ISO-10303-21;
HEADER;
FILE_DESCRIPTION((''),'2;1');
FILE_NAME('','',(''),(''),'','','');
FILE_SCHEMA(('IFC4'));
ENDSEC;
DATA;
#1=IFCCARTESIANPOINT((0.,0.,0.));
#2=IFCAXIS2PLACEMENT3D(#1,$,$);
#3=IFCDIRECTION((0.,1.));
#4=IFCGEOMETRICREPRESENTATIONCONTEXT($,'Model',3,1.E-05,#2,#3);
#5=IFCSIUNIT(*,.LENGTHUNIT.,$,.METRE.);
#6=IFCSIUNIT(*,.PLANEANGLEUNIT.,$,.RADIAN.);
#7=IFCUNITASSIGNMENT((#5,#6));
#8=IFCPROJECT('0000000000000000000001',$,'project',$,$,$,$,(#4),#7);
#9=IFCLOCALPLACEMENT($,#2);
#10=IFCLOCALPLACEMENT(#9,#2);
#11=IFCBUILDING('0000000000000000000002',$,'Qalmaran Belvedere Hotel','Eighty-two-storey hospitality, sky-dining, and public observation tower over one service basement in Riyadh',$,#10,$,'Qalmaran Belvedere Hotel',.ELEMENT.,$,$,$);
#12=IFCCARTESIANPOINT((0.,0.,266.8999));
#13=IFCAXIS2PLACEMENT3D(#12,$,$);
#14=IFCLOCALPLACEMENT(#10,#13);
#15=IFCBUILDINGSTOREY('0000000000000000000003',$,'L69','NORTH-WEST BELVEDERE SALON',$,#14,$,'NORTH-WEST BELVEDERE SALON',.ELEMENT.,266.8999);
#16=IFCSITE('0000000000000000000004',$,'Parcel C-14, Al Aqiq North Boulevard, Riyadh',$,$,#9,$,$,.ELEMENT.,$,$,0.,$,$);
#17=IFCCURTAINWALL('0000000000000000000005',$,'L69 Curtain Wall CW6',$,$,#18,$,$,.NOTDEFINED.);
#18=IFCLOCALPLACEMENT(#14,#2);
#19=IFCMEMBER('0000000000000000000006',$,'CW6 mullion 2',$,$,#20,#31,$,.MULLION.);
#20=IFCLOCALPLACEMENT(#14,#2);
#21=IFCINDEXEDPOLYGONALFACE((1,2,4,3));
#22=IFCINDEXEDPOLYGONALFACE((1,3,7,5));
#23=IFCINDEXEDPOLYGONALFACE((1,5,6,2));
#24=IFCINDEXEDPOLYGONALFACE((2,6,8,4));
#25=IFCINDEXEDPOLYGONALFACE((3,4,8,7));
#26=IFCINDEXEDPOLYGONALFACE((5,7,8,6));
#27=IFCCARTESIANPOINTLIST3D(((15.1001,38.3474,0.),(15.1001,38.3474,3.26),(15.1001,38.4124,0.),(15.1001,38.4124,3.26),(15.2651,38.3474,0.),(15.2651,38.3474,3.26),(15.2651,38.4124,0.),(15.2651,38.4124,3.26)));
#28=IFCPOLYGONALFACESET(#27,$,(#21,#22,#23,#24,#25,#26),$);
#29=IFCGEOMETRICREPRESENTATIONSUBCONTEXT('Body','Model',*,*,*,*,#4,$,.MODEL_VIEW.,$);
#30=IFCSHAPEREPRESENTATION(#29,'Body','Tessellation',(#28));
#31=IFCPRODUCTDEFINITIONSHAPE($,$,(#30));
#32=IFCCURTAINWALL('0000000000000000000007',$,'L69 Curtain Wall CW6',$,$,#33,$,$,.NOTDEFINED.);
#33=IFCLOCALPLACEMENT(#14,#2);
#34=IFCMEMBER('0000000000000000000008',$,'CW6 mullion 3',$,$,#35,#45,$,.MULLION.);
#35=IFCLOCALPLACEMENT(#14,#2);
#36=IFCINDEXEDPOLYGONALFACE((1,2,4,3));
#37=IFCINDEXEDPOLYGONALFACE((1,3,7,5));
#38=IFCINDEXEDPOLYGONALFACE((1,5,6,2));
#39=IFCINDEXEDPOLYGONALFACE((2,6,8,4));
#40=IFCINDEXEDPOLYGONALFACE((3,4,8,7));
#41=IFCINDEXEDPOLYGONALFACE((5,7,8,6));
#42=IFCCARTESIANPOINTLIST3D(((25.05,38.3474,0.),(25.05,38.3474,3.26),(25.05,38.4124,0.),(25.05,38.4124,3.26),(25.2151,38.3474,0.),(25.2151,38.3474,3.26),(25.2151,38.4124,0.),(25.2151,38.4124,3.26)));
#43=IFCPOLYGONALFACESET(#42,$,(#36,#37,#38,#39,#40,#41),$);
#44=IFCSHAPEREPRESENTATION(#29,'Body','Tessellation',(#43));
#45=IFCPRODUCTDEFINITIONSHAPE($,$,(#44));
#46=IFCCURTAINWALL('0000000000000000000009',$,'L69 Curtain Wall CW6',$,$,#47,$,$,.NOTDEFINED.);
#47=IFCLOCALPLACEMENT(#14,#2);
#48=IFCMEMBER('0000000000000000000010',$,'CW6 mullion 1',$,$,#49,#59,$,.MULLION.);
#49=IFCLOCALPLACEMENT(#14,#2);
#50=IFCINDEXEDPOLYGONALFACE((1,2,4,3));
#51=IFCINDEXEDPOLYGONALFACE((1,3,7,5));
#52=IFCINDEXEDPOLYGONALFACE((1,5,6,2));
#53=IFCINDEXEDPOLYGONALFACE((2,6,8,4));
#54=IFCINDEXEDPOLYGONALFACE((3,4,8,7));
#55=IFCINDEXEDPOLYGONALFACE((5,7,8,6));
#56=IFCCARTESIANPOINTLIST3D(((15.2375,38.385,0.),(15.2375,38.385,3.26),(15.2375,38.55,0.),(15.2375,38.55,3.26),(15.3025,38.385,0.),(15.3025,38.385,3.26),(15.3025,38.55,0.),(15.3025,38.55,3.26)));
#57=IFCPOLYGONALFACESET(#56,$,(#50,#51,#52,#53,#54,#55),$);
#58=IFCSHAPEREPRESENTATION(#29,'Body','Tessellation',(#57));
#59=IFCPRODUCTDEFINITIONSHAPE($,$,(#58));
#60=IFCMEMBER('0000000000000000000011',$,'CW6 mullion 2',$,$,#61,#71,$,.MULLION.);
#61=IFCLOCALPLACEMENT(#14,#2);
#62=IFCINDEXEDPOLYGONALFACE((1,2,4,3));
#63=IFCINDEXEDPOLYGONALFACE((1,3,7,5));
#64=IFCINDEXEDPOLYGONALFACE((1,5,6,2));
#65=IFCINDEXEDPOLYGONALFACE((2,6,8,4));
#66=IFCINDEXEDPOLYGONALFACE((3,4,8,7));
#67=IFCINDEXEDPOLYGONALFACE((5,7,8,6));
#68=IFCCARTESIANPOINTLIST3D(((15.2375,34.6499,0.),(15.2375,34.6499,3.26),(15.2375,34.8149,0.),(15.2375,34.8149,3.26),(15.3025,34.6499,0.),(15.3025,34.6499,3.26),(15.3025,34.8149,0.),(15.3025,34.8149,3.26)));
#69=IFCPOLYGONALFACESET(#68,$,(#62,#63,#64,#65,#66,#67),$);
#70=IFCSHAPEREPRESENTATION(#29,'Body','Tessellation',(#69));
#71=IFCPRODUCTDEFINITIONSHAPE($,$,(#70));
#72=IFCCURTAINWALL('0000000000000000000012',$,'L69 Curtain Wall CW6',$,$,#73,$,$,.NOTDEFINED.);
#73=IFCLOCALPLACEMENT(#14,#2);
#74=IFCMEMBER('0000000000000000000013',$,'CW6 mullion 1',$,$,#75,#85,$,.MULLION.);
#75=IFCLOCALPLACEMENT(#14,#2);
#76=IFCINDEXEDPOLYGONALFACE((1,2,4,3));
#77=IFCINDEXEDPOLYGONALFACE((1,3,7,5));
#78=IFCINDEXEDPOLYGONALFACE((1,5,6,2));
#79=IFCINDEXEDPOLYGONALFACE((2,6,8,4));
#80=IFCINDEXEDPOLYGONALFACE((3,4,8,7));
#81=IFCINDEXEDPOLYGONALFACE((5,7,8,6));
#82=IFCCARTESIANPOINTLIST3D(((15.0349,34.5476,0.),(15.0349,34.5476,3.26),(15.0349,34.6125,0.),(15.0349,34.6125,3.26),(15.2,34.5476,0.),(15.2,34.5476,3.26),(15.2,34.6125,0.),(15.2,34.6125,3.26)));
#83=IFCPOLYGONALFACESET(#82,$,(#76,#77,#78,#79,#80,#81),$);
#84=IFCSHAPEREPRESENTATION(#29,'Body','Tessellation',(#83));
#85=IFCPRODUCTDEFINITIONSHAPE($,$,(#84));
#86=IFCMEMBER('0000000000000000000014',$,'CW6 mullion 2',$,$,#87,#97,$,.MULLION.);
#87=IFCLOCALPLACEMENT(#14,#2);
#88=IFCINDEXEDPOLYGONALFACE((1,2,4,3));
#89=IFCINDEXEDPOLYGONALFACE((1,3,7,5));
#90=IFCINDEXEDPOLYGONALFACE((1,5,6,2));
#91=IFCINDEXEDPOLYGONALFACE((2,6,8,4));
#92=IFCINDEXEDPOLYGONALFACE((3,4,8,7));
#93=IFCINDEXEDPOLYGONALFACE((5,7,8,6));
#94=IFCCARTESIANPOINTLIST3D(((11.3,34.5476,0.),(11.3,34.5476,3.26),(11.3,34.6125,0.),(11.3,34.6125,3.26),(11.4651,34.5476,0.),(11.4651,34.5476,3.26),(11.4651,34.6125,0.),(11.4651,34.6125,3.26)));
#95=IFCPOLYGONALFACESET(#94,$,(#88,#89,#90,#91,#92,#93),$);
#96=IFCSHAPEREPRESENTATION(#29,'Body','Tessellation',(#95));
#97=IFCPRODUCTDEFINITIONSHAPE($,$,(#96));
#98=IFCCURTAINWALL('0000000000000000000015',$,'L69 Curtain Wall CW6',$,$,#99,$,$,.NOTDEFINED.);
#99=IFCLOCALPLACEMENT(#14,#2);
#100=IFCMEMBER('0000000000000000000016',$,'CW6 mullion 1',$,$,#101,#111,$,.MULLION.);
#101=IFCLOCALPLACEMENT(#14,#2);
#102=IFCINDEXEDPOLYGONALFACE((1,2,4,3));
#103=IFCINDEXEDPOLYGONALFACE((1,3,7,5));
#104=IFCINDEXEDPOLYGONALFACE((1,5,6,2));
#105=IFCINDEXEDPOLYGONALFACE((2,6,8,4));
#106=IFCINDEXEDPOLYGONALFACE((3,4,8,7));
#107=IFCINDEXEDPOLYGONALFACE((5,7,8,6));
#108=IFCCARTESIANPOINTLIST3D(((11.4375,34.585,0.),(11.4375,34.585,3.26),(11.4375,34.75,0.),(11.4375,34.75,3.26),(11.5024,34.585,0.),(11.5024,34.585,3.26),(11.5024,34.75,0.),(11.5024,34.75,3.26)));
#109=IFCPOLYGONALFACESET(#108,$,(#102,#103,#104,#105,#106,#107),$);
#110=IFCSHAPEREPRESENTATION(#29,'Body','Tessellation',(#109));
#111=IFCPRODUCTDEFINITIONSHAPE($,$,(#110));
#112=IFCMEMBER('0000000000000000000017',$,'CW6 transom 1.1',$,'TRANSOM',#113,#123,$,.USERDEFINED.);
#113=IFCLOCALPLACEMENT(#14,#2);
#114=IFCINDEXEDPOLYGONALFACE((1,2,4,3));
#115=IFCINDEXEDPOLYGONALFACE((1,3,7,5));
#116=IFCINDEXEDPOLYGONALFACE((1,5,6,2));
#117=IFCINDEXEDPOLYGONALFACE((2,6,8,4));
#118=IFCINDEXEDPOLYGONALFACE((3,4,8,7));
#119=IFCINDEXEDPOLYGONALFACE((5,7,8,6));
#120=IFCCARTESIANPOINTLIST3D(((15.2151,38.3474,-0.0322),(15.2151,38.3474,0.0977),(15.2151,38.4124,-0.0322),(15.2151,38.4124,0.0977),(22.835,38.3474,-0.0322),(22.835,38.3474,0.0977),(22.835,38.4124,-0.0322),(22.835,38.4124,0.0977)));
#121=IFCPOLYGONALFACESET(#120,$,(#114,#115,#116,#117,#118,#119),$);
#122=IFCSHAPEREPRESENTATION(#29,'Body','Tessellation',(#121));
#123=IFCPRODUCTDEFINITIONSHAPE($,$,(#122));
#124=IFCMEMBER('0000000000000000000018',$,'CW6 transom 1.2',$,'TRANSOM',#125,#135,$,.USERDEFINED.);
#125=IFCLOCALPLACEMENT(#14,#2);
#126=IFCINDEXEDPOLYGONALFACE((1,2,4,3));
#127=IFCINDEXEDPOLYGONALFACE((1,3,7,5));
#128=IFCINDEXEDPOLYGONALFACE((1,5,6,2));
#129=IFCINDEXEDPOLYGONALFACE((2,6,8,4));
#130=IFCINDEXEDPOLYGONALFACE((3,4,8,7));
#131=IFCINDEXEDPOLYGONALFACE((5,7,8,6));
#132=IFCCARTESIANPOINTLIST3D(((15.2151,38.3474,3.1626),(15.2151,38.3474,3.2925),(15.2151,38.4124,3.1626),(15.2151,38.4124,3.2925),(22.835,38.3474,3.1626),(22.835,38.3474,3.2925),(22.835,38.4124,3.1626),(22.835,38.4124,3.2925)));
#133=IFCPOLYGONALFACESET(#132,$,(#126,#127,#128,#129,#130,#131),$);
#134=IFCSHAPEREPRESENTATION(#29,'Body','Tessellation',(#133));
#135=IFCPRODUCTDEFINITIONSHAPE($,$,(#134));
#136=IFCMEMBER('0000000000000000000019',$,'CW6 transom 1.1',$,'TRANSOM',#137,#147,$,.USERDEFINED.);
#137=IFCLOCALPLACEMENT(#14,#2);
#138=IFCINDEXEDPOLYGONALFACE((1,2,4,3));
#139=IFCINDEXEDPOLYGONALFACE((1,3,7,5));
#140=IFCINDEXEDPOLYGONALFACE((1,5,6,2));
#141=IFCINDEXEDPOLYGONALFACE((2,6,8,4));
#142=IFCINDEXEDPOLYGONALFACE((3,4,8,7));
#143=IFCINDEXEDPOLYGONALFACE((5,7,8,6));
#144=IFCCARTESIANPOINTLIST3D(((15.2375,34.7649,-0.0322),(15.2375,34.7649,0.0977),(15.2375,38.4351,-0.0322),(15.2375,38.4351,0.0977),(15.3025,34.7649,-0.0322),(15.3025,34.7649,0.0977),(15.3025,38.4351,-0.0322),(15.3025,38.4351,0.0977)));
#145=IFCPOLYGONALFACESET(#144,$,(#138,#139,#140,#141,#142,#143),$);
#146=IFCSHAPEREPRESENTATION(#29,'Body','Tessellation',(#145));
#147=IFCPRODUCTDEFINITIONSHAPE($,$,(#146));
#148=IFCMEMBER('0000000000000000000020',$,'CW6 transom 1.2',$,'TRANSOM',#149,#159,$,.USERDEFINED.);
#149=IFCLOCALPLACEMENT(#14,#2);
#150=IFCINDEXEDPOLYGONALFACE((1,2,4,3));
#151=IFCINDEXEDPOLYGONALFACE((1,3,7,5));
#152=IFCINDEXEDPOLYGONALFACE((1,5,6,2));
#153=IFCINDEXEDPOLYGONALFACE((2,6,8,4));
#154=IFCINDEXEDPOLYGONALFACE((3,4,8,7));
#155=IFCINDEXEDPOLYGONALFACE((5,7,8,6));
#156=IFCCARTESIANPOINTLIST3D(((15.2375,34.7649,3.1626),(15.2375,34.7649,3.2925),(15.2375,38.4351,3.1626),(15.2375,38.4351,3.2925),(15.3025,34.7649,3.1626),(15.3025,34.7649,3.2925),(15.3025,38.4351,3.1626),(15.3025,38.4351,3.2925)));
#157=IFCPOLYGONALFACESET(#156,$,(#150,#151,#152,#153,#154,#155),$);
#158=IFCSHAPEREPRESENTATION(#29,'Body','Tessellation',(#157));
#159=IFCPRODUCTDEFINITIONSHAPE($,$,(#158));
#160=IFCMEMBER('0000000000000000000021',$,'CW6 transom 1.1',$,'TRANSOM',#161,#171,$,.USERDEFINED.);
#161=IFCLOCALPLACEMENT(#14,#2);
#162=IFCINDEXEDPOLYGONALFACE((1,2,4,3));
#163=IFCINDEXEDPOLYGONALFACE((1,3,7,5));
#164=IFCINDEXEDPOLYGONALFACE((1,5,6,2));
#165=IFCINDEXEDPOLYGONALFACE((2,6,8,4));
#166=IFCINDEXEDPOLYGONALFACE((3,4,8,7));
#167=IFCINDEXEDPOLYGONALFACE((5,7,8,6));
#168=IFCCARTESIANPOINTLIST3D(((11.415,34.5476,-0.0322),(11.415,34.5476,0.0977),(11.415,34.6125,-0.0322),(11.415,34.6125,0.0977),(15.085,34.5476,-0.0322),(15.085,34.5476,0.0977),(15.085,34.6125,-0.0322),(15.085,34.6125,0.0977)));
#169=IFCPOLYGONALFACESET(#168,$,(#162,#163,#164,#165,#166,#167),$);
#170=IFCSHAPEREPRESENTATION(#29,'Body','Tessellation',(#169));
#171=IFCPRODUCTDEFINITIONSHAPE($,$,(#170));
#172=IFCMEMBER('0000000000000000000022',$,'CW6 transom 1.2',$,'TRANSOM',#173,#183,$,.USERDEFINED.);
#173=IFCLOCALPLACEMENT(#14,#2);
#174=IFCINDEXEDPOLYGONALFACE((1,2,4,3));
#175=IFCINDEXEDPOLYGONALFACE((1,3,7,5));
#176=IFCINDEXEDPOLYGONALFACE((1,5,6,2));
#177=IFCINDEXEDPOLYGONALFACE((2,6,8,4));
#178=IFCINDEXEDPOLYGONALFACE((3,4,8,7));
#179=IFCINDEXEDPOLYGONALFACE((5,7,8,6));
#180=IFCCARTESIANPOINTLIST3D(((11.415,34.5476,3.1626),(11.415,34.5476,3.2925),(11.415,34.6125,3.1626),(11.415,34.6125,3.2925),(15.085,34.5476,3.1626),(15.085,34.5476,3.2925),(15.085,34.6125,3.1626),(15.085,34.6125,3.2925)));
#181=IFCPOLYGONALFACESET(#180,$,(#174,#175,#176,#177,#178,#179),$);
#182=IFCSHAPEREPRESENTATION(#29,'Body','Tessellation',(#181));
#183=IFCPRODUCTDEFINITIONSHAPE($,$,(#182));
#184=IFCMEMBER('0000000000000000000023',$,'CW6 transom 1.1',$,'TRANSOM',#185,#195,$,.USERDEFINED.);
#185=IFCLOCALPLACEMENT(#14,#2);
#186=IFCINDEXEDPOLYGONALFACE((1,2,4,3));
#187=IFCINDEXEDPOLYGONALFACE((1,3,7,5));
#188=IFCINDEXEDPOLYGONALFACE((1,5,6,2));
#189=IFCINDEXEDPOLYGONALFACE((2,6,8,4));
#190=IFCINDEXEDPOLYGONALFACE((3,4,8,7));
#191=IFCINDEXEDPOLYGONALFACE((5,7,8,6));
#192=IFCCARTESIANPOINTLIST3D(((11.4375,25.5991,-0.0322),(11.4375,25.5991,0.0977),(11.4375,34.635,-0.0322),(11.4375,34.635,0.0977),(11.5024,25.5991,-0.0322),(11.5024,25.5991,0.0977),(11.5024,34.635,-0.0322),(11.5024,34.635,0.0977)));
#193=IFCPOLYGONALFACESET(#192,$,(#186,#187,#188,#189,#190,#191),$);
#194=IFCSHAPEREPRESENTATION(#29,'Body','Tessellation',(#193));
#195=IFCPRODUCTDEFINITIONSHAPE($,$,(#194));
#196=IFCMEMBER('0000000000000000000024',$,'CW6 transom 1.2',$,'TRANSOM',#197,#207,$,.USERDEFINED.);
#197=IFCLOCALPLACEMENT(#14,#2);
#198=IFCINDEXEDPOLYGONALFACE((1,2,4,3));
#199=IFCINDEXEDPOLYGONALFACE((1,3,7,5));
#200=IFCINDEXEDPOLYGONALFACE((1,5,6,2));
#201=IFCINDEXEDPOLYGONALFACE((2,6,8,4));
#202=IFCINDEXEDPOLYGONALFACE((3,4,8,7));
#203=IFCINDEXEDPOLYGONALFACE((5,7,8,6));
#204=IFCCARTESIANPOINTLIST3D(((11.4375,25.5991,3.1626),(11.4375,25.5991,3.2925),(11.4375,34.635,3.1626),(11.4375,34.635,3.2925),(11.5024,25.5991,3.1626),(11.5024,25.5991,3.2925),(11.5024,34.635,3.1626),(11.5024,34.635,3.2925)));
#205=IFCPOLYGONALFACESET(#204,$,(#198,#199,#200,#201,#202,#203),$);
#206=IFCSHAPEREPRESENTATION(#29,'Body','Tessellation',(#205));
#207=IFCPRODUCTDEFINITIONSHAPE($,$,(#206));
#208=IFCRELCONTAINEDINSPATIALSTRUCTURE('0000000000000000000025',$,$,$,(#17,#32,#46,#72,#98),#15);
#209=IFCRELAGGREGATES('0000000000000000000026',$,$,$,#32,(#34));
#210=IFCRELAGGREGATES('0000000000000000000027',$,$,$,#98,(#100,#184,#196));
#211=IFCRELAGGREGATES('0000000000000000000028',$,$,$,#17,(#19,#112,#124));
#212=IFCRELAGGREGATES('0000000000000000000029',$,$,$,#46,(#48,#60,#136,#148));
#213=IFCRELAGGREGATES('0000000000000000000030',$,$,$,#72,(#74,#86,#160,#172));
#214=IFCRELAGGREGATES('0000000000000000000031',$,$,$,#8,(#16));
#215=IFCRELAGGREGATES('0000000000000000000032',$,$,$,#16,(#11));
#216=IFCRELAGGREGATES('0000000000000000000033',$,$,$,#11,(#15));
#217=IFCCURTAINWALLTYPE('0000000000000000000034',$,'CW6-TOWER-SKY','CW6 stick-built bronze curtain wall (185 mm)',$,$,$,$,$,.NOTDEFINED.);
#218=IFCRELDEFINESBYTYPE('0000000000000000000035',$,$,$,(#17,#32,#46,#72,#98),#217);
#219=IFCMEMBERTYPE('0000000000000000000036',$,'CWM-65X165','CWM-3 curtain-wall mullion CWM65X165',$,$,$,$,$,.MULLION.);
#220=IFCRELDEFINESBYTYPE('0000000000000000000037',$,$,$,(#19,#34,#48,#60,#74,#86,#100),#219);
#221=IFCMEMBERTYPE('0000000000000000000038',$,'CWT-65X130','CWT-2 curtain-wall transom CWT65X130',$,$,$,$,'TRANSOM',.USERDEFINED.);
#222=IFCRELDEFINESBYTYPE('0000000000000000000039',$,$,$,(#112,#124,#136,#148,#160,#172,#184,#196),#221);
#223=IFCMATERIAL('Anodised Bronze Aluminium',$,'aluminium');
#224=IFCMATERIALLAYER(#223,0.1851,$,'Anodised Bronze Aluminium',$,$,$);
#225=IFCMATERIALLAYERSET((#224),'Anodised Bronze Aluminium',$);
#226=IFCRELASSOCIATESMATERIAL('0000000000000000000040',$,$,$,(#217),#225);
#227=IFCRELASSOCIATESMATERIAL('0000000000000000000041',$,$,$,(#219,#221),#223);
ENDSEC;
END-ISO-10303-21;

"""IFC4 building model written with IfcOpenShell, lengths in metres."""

from ifc_helpers import new_model, si_unit, direction, frame, origin, origin_2d, place, context, subcontext, project, spatial, rectangle, extrude, material, layer, layer_set, material_profile, profile_set, type_object, element, aggregate, save


model = new_model("IFC4")

# Units and contexts
model_context = context("Model", 3, precision=1e-05, world=origin(), true_north=direction((0.0, 1.0)))
body_context = subcontext(model_context, "Body", "Model", "MODEL_VIEW")
ifc_project = project(units=[si_unit("LENGTHUNIT", "METRE"), si_unit("PLANEANGLEUNIT", "RADIAN")], contexts=[model_context])

# Site, building, storey
site_placement = place(None, origin())
site = spatial("IfcSite", under=ifc_project, at=site_placement, Name="Parcel C-14, Al Aqiq North Boulevard, Riyadh", CompositionType="ELEMENT", RefElevation=0.0)
building_placement = place(site_placement, origin())
building = spatial("IfcBuilding", under=site, at=building_placement, Name="Qalmaran Belvedere Hotel", Description="Eighty-two-storey hospitality, sky-dining, and public observation tower over one service basement in Riyadh", LongName="Qalmaran Belvedere Hotel", CompositionType="ELEMENT")
storey_placement = place(building_placement, frame((0.0, 0.0, 266.8999)))
storey = spatial("IfcBuildingStorey", under=building, at=storey_placement, Name="L69", Description="NORTH-WEST BELVEDERE SALON", LongName="NORTH-WEST BELVEDERE SALON", CompositionType="ELEMENT", Elevation=266.8999)

# Curtain wall, member
ifc_material_1 = material(Name="Anodised Bronze Aluminium", Category="aluminium")
ifc_layer_1 = layer(ifc_material_1, 0.1851, Name="Anodised Bronze Aluminium")
ifc_layer_set_1 = layer_set([ifc_layer_1], Name="Anodised Bronze Aluminium")
curtain_wall_type = type_object("IfcCurtainWallType", Name="CW6-TOWER-SKY", Description="CW6 stick-built bronze curtain wall (185 mm)", PredefinedType="NOTDEFINED", material=ifc_layer_set_1)
curtain_wall_1_placement = place(storey_placement, origin())
curtain_wall_1 = element("IfcCurtainWall", 1, at=curtain_wall_1_placement, inside=storey, type_object=curtain_wall_type, Name="L69 Curtain Wall CW6", PredefinedType="NOTDEFINED")
ifc_material_profile_1 = material_profile(ifc_material_1, rectangle(XDim=0.0649, YDim=0.165, at=origin_2d()), Name="CWM65X165")
ifc_profile_set_1 = profile_set([ifc_material_profile_1], Name="Anodised Bronze Aluminium")
member_type_1 = type_object("IfcMemberType", Name="CWM-65X165", Description="CWM-3 curtain-wall mullion CWM65X165", PredefinedType="MULLION", material=ifc_profile_set_1)
member_1_placement = place(storey_placement, frame((15.1826, 38.3799, 0.0), z_axis=(0.0, 0.0, 1.0), x_axis=(0.0, -1.0, 0.0)))
member_1 = element("IfcMember", 2, at=member_1_placement, type_object=member_type_1, Name="CW6 mullion 2", PredefinedType="MULLION", context=body_context, shape_type="SweptSolid", body=[
    extrude(rectangle(XDim=0.0649, YDim=0.165, at=origin_2d()), origin(), (0.0, 0.0, 1.0), 3.26),
])

# Curtain wall, member
curtain_wall_2_placement = place(storey_placement, origin())
curtain_wall_2 = element("IfcCurtainWall", 3, at=curtain_wall_2_placement, inside=storey, type_object=curtain_wall_type, Name="L69 Curtain Wall CW6", PredefinedType="NOTDEFINED")
member_2_placement = place(storey_placement, frame((25.1326, 38.3799, 0.0), z_axis=(0.0, 0.0, 1.0), x_axis=(0.0, -1.0, 0.0)))
member_2 = element("IfcMember", 4, at=member_2_placement, type_object=member_type_1, Name="CW6 mullion 3", PredefinedType="MULLION", context=body_context, shape_type="SweptSolid", body=[
    extrude(rectangle(XDim=0.0649, YDim=0.165, at=origin_2d()), origin(), (0.0, 0.0, 1.0), 3.26),
])
aggregate(curtain_wall_2, [member_2])

# Curtain walls, members
curtain_wall_3_placement = place(storey_placement, origin())
curtain_wall_3 = element("IfcCurtainWall", 5, at=curtain_wall_3_placement, inside=storey, type_object=curtain_wall_type, Name="L69 Curtain Wall CW6", PredefinedType="NOTDEFINED")
member_3_placement = place(storey_placement, frame((15.27, 38.4675, 0.0), z_axis=(0.0, 0.0, 1.0), x_axis=(1.0, 0.0, 0.0)))
member_3 = element("IfcMember", 6, at=member_3_placement, type_object=member_type_1, Name="CW6 mullion 1", PredefinedType="MULLION", context=body_context, shape_type="SweptSolid", body=[
    extrude(rectangle(XDim=0.0649, YDim=0.165, at=origin_2d()), origin(), (0.0, 0.0, 1.0), 3.26),
])
member_4_placement = place(storey_placement, frame((15.27, 34.7324, 0.0), z_axis=(0.0, 0.0, 1.0), x_axis=(1.0, 0.0, 0.0)))
member_4 = element("IfcMember", 7, at=member_4_placement, type_object=member_type_1, Name="CW6 mullion 2", PredefinedType="MULLION", context=body_context, shape_type="SweptSolid", body=[
    extrude(rectangle(XDim=0.0649, YDim=0.165, at=origin_2d()), origin(), (0.0, 0.0, 1.0), 3.26),
])
curtain_wall_4_placement = place(storey_placement, origin())
curtain_wall_4 = element("IfcCurtainWall", 8, at=curtain_wall_4_placement, inside=storey, type_object=curtain_wall_type, Name="L69 Curtain Wall CW6", PredefinedType="NOTDEFINED")
member_5_placement = place(storey_placement, frame((15.1174, 34.5801, 0.0), z_axis=(0.0, 0.0, 1.0), x_axis=(0.0, -1.0, 0.0)))
member_5 = element("IfcMember", 9, at=member_5_placement, type_object=member_type_1, Name="CW6 mullion 1", PredefinedType="MULLION", context=body_context, shape_type="SweptSolid", body=[
    extrude(rectangle(XDim=0.0649, YDim=0.165, at=origin_2d()), origin(), (0.0, 0.0, 1.0), 3.26),
])
member_6_placement = place(storey_placement, frame((11.3826, 34.5801, 0.0), z_axis=(0.0, 0.0, 1.0), x_axis=(0.0, -1.0, 0.0)))
member_6 = element("IfcMember", 10, at=member_6_placement, type_object=member_type_1, Name="CW6 mullion 2", PredefinedType="MULLION", context=body_context, shape_type="SweptSolid", body=[
    extrude(rectangle(XDim=0.0649, YDim=0.165, at=origin_2d()), origin(), (0.0, 0.0, 1.0), 3.26),
])

# Curtain wall, member
curtain_wall_5_placement = place(storey_placement, origin())
curtain_wall_5 = element("IfcCurtainWall", 11, at=curtain_wall_5_placement, inside=storey, type_object=curtain_wall_type, Name="L69 Curtain Wall CW6", PredefinedType="NOTDEFINED")
member_7_placement = place(storey_placement, frame((11.47, 34.6675, 0.0), z_axis=(0.0, 0.0, 1.0), x_axis=(1.0, 0.0, 0.0)))
member_7 = element("IfcMember", 12, at=member_7_placement, type_object=member_type_1, Name="CW6 mullion 1", PredefinedType="MULLION", context=body_context, shape_type="SweptSolid", body=[
    extrude(rectangle(XDim=0.0649, YDim=0.165, at=origin_2d()), origin(), (0.0, 0.0, 1.0), 3.26),
])

# Members
ifc_material_profile_2 = material_profile(ifc_material_1, rectangle(XDim=0.0649, YDim=0.1299, at=origin_2d()), Name="CWT65X130")
ifc_profile_set_2 = profile_set([ifc_material_profile_2], Name="Anodised Bronze Aluminium")
member_type_2 = type_object("IfcMemberType", Name="CWT-65X130", Description="CWT-2 curtain-wall transom CWT65X130", ElementType="TRANSOM", PredefinedType="USERDEFINED", material=ifc_profile_set_2)
member_8_placement = place(storey_placement, frame((22.835, 38.3799, 0.0327), z_axis=(-1.0, 0.0, 0.0), x_axis=(0.0, -1.0, 0.0)))
member_8 = element("IfcMember", 13, at=member_8_placement, type_object=member_type_2, Name="CW6 transom 1.1", ObjectType="TRANSOM", PredefinedType="USERDEFINED", context=body_context, shape_type="SweptSolid", body=[
    extrude(rectangle(XDim=0.0649, YDim=0.1299, at=origin_2d()), origin(), (0.0, 0.0, 1.0), 7.6199),
])
member_9_placement = place(storey_placement, frame((22.835, 38.3799, 3.2275), z_axis=(-1.0, 0.0, 0.0), x_axis=(0.0, -1.0, 0.0)))
member_9 = element("IfcMember", 14, at=member_9_placement, type_object=member_type_2, Name="CW6 transom 1.2", ObjectType="TRANSOM", PredefinedType="USERDEFINED", context=body_context, shape_type="SweptSolid", body=[
    extrude(rectangle(XDim=0.0649, YDim=0.1299, at=origin_2d()), origin(), (0.0, 0.0, 1.0), 7.6199),
])
member_10_placement = place(storey_placement, frame((15.27, 38.4351, 0.0327), z_axis=(0.0, -1.0, 0.0), x_axis=(1.0, 0.0, 0.0)))
member_10 = element("IfcMember", 15, at=member_10_placement, type_object=member_type_2, Name="CW6 transom 1.1", ObjectType="TRANSOM", PredefinedType="USERDEFINED", context=body_context, shape_type="SweptSolid", body=[
    extrude(rectangle(XDim=0.0649, YDim=0.1299, at=origin_2d()), origin(), (0.0, 0.0, 1.0), 3.6702),
])
member_11_placement = place(storey_placement, frame((15.27, 38.4351, 3.2275), z_axis=(0.0, -1.0, 0.0), x_axis=(1.0, 0.0, 0.0)))
member_11 = element("IfcMember", 16, at=member_11_placement, type_object=member_type_2, Name="CW6 transom 1.2", ObjectType="TRANSOM", PredefinedType="USERDEFINED", context=body_context, shape_type="SweptSolid", body=[
    extrude(rectangle(XDim=0.0649, YDim=0.1299, at=origin_2d()), origin(), (0.0, 0.0, 1.0), 3.6702),
])
member_12_placement = place(storey_placement, frame((15.085, 34.5801, 0.0327), z_axis=(-1.0, 0.0, 0.0), x_axis=(0.0, -1.0, 0.0)))
member_12 = element("IfcMember", 17, at=member_12_placement, type_object=member_type_2, Name="CW6 transom 1.1", ObjectType="TRANSOM", PredefinedType="USERDEFINED", context=body_context, shape_type="SweptSolid", body=[
    extrude(rectangle(XDim=0.0649, YDim=0.1299, at=origin_2d()), origin(), (0.0, 0.0, 1.0), 3.6699),
])
member_13_placement = place(storey_placement, frame((15.085, 34.5801, 3.2275), z_axis=(-1.0, 0.0, 0.0), x_axis=(0.0, -1.0, 0.0)))
member_13 = element("IfcMember", 18, at=member_13_placement, type_object=member_type_2, Name="CW6 transom 1.2", ObjectType="TRANSOM", PredefinedType="USERDEFINED", context=body_context, shape_type="SweptSolid", body=[
    extrude(rectangle(XDim=0.0649, YDim=0.1299, at=origin_2d()), origin(), (0.0, 0.0, 1.0), 3.6699),
])
member_14_placement = place(storey_placement, frame((11.47, 34.635, 0.0327), z_axis=(0.0, -1.0, 0.0), x_axis=(1.0, 0.0, 0.0)))
member_14 = element("IfcMember", 19, at=member_14_placement, type_object=member_type_2, Name="CW6 transom 1.1", ObjectType="TRANSOM", PredefinedType="USERDEFINED", context=body_context, shape_type="SweptSolid", body=[
    extrude(rectangle(XDim=0.0649, YDim=0.1299, at=origin_2d()), origin(), (0.0, 0.0, 1.0), 9.0359),
])
member_15_placement = place(storey_placement, frame((11.47, 34.635, 3.2275), z_axis=(0.0, -1.0, 0.0), x_axis=(1.0, 0.0, 0.0)))
member_15 = element("IfcMember", 20, at=member_15_placement, type_object=member_type_2, Name="CW6 transom 1.2", ObjectType="TRANSOM", PredefinedType="USERDEFINED", context=body_context, shape_type="SweptSolid", body=[
    extrude(rectangle(XDim=0.0649, YDim=0.1299, at=origin_2d()), origin(), (0.0, 0.0, 1.0), 9.0359),
])
aggregate(curtain_wall_5, [member_7, member_14, member_15])

aggregate(curtain_wall_1, [member_1, member_8, member_9])
aggregate(curtain_wall_3, [member_3, member_4, member_10, member_11])
aggregate(curtain_wall_4, [member_5, member_6, member_12, member_13])

save(model, "model.ifc")
